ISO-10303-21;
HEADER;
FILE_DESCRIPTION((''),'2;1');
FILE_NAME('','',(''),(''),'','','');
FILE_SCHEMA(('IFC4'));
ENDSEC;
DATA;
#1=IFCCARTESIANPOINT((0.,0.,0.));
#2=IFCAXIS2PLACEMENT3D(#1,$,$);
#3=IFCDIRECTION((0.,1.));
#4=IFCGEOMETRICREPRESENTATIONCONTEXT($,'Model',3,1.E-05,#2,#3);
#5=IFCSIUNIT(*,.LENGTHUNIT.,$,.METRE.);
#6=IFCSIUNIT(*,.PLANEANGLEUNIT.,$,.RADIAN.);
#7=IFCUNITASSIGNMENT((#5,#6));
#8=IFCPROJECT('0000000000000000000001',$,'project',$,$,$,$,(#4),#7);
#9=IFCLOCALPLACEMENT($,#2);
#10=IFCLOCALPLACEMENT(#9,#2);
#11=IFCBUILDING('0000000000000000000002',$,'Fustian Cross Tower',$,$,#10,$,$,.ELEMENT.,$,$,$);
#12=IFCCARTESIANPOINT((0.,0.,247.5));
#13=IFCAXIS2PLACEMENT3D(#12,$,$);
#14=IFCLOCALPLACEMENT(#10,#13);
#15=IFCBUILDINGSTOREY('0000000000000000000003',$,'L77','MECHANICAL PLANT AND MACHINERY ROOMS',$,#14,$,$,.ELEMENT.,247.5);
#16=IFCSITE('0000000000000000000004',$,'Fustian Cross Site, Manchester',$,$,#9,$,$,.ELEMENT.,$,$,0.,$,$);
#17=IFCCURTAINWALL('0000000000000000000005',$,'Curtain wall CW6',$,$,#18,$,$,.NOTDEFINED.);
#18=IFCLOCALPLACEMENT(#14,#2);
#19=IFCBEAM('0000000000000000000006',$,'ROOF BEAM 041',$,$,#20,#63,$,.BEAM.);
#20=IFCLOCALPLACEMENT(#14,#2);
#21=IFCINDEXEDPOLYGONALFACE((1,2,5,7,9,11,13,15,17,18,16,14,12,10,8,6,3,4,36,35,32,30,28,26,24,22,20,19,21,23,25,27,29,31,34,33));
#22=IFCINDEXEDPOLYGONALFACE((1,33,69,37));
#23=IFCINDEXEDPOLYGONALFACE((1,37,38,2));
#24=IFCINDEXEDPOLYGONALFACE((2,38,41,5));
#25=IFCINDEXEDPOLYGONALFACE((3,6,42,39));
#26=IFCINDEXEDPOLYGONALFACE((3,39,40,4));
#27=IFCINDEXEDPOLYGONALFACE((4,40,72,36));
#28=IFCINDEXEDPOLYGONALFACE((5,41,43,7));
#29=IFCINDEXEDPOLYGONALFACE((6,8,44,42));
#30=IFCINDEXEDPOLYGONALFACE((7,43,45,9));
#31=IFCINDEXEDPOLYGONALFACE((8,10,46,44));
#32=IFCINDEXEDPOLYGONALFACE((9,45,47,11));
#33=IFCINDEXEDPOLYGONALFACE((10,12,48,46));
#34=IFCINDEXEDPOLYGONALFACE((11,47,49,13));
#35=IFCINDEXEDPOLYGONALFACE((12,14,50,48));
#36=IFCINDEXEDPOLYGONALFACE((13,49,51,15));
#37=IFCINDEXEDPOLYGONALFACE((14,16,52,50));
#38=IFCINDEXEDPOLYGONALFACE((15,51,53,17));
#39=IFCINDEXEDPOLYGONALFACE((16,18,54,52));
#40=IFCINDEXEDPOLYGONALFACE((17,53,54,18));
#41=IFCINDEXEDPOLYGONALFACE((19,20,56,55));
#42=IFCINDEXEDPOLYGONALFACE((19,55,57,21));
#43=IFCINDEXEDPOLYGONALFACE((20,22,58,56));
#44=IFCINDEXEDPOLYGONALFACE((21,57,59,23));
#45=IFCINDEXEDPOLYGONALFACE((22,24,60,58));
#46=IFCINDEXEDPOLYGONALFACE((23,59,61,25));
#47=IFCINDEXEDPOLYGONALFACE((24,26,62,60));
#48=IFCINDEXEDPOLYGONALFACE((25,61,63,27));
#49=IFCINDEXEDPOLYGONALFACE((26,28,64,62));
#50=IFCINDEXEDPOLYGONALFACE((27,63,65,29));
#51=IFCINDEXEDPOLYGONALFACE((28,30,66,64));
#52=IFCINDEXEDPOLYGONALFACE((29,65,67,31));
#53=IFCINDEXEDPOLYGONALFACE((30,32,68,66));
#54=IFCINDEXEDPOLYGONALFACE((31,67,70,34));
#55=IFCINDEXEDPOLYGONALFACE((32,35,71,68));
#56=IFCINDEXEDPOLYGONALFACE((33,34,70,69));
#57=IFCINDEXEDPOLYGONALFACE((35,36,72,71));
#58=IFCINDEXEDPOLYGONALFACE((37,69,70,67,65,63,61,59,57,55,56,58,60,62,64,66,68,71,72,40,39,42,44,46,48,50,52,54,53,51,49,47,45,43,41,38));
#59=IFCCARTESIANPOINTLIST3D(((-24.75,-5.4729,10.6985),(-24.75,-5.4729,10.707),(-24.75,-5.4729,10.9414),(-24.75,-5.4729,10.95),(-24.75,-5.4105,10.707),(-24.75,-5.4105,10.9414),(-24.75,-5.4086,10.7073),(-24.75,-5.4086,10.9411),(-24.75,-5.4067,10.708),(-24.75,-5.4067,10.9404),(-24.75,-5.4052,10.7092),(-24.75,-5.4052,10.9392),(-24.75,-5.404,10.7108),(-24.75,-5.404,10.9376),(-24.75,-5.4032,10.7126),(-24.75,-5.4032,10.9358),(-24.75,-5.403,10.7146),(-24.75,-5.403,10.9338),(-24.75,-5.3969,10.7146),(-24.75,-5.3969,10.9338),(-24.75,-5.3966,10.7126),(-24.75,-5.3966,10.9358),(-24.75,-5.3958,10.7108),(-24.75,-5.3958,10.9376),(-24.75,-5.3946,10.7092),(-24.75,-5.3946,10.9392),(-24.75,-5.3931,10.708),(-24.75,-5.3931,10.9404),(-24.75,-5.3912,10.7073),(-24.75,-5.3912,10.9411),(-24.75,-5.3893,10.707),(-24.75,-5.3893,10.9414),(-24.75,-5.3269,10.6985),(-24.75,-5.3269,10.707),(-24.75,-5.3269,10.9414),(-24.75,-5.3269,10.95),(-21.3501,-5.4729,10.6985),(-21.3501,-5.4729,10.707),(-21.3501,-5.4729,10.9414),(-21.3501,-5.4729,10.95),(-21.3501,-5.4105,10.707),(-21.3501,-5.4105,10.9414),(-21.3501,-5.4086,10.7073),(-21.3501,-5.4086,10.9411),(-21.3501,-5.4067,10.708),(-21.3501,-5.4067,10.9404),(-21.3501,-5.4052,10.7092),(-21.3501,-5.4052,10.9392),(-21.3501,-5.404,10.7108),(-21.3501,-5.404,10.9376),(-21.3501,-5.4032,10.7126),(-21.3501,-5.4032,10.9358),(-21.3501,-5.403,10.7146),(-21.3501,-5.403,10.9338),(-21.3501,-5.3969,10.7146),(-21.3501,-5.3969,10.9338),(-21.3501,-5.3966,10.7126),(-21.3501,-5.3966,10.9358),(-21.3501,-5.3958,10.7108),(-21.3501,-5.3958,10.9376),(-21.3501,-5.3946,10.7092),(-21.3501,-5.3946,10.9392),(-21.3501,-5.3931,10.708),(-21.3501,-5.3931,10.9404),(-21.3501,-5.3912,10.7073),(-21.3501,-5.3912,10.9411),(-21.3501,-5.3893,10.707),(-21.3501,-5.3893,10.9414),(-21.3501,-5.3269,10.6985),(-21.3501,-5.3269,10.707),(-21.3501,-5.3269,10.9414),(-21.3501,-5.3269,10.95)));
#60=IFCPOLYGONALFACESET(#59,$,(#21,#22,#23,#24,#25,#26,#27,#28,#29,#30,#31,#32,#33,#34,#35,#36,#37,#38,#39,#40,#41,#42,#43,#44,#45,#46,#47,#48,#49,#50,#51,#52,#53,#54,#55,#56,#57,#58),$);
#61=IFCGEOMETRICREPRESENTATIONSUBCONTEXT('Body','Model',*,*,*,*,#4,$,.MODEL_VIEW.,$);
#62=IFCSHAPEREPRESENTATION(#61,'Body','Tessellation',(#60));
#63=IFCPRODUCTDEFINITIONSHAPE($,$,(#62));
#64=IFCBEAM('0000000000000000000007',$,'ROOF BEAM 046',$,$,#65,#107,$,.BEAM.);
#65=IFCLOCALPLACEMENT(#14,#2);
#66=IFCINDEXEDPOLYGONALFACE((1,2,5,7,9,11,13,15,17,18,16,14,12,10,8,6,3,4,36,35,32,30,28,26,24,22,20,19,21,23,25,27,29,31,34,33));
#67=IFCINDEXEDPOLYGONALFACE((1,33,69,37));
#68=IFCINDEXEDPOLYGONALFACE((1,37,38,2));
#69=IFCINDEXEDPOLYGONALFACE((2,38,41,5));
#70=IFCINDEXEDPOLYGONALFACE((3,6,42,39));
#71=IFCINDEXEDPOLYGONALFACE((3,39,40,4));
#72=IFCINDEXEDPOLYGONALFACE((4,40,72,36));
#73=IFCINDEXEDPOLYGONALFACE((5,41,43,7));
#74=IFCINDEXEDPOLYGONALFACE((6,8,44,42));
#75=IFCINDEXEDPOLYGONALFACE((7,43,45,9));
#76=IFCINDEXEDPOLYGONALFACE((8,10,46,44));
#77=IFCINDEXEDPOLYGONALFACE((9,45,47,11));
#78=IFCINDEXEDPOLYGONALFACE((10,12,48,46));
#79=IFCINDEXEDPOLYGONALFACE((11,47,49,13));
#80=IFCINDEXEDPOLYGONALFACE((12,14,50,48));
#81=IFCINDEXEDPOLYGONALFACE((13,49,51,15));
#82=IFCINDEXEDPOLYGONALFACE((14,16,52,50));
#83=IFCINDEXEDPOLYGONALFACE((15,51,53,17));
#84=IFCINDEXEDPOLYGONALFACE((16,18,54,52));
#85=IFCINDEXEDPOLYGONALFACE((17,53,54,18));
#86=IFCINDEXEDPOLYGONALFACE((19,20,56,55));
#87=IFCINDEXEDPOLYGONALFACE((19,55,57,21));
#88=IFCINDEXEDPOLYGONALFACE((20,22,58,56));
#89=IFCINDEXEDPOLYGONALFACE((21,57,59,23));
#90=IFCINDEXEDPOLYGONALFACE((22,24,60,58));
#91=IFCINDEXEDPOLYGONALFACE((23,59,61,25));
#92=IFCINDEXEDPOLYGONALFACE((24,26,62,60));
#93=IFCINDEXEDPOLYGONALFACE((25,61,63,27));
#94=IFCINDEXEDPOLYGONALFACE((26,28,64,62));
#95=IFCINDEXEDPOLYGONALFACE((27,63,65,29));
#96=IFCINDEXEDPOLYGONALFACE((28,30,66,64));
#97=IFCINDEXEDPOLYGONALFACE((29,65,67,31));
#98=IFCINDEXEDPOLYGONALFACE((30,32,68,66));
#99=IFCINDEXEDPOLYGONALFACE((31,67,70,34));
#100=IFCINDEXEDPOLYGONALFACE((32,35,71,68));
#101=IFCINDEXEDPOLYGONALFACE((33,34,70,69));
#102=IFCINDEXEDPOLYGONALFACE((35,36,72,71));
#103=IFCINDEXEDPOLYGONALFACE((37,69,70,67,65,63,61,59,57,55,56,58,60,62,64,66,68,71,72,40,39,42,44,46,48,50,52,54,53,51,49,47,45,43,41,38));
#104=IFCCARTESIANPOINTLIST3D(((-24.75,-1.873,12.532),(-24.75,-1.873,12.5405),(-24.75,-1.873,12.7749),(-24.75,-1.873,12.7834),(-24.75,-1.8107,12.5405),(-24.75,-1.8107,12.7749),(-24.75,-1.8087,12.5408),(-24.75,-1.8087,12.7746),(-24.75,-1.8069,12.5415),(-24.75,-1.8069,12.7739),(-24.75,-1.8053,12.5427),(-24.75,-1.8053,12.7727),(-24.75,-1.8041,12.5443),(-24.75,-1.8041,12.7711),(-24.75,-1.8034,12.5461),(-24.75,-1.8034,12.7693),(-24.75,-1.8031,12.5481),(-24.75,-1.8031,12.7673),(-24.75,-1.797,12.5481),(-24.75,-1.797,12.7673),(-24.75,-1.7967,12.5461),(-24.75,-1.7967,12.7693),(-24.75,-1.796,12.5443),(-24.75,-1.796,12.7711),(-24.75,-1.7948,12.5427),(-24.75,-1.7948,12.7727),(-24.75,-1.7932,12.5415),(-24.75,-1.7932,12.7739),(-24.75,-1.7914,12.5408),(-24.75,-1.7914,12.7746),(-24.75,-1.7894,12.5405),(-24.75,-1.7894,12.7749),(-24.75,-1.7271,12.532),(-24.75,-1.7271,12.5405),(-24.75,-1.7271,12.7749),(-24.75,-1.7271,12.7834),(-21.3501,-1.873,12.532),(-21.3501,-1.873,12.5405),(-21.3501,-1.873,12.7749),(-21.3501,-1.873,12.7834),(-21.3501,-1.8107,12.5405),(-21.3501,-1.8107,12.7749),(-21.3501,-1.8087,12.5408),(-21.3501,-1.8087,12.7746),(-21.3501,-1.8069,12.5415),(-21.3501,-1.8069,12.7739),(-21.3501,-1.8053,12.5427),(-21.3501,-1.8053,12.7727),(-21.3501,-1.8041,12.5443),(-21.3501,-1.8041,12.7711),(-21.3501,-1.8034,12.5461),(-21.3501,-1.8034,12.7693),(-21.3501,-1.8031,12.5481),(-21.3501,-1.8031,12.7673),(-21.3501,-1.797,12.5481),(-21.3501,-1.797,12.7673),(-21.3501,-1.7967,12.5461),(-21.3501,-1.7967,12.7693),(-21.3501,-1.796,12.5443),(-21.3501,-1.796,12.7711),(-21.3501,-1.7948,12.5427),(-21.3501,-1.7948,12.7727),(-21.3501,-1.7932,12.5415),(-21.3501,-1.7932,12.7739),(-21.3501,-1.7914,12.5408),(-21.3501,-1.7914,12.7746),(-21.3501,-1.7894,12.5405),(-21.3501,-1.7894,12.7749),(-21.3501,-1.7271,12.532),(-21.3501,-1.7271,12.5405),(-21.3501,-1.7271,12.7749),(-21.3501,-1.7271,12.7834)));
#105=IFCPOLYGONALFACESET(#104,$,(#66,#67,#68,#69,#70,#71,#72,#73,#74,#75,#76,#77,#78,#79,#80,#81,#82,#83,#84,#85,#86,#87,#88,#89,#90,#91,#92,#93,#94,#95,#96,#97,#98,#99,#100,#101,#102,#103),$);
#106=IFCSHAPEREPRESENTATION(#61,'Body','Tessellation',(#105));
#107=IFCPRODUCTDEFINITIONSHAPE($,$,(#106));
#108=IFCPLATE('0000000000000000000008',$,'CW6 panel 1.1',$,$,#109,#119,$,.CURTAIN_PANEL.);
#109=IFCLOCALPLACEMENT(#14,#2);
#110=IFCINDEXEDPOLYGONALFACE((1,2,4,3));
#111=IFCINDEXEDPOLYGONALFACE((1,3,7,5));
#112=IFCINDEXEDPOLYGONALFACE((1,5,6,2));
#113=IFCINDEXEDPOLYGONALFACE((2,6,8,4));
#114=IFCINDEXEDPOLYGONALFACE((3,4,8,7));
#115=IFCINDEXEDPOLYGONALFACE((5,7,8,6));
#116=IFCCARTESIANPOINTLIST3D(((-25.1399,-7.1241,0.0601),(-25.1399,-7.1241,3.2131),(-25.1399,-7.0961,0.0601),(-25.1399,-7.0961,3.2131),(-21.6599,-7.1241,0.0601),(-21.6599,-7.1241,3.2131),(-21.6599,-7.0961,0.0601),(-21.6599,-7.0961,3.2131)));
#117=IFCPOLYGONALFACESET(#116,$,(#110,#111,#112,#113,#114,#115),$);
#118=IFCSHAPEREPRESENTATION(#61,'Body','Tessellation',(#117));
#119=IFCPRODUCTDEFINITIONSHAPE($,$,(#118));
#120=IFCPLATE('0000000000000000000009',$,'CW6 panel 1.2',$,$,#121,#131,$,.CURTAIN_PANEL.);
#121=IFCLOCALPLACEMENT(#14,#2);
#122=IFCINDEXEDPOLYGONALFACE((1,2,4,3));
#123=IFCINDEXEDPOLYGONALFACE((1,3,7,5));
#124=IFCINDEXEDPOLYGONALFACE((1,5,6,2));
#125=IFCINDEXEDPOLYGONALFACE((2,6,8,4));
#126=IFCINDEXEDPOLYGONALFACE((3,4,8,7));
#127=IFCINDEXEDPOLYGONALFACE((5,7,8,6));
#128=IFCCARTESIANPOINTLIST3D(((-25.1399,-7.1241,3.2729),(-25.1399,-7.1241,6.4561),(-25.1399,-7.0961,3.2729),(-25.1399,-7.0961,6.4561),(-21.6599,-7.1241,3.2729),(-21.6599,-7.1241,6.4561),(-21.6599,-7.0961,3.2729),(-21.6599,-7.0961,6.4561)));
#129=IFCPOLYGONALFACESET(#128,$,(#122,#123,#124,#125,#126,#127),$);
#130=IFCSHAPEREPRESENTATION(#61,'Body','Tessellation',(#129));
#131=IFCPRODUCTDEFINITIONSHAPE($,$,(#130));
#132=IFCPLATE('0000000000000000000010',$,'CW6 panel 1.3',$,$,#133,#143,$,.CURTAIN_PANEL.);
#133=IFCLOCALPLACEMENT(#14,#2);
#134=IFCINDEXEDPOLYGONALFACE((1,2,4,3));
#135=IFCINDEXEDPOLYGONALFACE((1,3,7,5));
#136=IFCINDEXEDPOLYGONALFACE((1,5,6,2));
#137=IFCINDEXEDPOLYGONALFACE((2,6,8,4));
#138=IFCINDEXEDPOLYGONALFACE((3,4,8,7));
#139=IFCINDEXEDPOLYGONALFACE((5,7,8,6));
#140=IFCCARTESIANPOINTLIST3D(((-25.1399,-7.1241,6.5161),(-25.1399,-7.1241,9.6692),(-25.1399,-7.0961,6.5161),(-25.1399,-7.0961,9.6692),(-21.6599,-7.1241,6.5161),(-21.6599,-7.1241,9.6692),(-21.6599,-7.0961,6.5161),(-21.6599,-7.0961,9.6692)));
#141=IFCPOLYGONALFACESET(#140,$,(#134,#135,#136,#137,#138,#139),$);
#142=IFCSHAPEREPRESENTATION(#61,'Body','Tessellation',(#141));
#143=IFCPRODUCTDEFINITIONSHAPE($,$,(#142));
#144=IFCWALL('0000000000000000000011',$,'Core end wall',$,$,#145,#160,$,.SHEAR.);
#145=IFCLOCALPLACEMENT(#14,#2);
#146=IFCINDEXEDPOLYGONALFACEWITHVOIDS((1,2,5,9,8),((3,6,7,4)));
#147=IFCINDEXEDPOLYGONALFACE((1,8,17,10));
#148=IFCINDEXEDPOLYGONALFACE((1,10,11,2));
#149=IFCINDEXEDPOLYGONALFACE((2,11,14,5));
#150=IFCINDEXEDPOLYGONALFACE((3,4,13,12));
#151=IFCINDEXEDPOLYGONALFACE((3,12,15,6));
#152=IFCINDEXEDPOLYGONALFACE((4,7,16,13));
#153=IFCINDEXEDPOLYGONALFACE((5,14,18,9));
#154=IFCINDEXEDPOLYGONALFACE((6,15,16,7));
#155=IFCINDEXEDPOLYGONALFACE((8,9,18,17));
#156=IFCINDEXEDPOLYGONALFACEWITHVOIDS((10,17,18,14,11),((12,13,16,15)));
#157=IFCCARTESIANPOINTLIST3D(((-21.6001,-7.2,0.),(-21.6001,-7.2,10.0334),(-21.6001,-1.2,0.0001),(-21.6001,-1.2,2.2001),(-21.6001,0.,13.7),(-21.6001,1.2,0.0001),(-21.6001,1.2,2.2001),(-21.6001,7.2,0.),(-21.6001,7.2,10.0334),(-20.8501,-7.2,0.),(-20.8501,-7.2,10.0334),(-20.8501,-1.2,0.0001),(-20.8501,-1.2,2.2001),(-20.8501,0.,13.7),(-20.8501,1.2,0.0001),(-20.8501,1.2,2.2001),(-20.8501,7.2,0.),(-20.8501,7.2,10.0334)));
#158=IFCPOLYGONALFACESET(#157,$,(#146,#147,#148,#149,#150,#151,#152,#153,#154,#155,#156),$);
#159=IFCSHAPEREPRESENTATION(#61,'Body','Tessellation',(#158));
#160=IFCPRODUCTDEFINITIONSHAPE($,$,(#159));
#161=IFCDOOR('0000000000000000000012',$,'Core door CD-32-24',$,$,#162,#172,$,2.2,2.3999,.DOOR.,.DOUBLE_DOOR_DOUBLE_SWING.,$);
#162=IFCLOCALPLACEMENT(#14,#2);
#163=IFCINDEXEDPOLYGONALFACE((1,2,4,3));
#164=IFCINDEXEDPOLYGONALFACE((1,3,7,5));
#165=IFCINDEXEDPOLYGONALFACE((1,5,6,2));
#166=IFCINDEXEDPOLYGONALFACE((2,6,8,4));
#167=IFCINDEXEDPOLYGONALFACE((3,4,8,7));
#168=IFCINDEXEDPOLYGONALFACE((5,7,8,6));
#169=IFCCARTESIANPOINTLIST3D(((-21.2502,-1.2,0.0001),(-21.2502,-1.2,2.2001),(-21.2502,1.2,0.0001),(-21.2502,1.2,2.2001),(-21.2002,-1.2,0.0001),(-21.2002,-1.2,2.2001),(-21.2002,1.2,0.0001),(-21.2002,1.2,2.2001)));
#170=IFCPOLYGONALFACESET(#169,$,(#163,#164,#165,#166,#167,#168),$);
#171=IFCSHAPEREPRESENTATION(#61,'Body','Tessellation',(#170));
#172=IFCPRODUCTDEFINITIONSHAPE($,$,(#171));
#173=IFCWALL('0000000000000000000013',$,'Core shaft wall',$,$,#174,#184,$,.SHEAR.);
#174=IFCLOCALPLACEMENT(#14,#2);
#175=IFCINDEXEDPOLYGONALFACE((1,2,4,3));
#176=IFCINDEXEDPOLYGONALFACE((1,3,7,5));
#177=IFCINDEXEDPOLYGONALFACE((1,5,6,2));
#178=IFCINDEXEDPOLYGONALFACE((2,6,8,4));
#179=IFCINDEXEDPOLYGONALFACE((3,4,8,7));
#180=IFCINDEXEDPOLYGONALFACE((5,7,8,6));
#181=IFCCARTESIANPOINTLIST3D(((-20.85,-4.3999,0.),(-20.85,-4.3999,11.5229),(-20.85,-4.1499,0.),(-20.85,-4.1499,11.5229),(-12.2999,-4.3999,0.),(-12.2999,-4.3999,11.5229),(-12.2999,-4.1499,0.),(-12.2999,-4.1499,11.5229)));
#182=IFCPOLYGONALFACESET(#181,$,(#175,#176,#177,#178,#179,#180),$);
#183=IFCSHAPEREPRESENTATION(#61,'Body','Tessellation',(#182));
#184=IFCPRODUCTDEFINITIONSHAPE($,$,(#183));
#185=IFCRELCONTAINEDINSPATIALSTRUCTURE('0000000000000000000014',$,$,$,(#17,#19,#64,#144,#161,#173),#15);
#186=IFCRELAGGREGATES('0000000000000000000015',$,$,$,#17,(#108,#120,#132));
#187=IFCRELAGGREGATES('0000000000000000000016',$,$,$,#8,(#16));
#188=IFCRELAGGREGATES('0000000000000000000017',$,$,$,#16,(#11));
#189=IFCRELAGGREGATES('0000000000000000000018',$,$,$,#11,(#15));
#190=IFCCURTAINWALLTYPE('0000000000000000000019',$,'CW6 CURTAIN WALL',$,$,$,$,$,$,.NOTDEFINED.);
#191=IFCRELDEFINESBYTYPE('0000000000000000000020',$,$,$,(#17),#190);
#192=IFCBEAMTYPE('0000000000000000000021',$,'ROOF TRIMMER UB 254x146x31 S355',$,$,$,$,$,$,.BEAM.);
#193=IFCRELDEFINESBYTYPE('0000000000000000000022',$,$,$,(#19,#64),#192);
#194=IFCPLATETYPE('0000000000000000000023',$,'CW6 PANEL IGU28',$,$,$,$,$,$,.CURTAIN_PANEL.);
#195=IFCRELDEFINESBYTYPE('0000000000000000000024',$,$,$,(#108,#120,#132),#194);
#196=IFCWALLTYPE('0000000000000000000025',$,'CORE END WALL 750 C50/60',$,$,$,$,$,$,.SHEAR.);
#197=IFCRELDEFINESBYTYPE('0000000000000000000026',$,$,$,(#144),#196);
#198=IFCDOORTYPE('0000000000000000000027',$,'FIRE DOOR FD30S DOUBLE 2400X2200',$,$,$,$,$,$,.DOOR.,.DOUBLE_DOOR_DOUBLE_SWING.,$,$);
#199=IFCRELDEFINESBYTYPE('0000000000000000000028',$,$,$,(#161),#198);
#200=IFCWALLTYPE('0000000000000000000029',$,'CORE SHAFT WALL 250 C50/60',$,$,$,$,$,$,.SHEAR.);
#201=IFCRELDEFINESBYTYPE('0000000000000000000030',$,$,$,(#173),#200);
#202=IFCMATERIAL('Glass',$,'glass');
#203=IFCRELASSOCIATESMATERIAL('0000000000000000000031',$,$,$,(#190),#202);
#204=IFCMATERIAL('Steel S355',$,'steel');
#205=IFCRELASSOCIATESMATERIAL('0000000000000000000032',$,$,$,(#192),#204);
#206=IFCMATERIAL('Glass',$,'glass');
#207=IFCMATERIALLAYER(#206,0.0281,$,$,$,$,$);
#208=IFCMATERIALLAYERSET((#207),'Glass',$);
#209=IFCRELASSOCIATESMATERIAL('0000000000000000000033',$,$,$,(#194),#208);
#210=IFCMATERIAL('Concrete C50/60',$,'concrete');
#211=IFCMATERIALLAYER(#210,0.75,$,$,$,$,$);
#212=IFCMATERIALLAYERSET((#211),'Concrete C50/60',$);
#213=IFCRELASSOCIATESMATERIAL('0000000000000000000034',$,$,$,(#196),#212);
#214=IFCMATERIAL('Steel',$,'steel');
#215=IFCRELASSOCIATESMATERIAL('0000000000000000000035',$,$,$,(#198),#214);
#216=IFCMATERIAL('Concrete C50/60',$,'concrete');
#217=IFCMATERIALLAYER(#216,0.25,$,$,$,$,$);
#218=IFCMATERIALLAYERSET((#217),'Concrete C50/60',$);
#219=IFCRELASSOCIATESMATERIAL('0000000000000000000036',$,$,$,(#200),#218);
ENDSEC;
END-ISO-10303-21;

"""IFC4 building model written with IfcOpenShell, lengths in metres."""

from ifc_helpers import new_model, si_unit, direction, frame, frame_2d, origin, origin_2d, place, context, subcontext, project, spatial, polyline, rectangle, i_section, outline, extrude, material, layer, layer_set, material_profile, profile_set, type_object, element, fill, aggregate, save


model = new_model("IFC4")

# Units and contexts
model_context = context("Model", 3, precision=1e-05, world=origin(), true_north=direction((0.0, 1.0)))
body_context = subcontext(model_context, "Body", "Model", "MODEL_VIEW")
ifc_project = project(units=[si_unit("LENGTHUNIT", "METRE"), si_unit("PLANEANGLEUNIT", "RADIAN")], contexts=[model_context])

# Site, building, storey
site_placement = place(None, origin())
site = spatial("IfcSite", under=ifc_project, at=site_placement, Name="Fustian Cross Site, Manchester", CompositionType="ELEMENT", RefElevation=0.0)
building_placement = place(site_placement, origin())
building = spatial("IfcBuilding", under=site, at=building_placement, Name="Fustian Cross Tower", CompositionType="ELEMENT")
storey_placement = place(building_placement, frame((0.0, 0.0, 247.5)))
storey = spatial("IfcBuildingStorey", under=building, at=storey_placement, Name="L77", Description="MECHANICAL PLANT AND MACHINERY ROOMS", CompositionType="ELEMENT", Elevation=247.5)

# Curtain wall
ifc_material_1 = material(Name="Glass", Category="glass")
curtain_wall_type = type_object("IfcCurtainWallType", Name="CW6 CURTAIN WALL", PredefinedType="NOTDEFINED", material=ifc_material_1)
curtain_wall_placement = place(storey_placement, origin())
curtain_wall = element("IfcCurtainWall", 1, at=curtain_wall_placement, inside=storey, type_object=curtain_wall_type, Name="Curtain wall CW6", PredefinedType="NOTDEFINED")

# Beams
ifc_material_2 = material(Name="Steel S355", Category="steel")
ifc_material_profile_1 = material_profile(ifc_material_2, i_section(OverallWidth=0.146, OverallDepth=0.2515, WebThickness=0.0061, FlangeThickness=0.0085, FilletRadius=0.0076, at=origin_2d()), Name="UB 254x146x31")
ifc_profile_set_1 = profile_set([ifc_material_profile_1], Name="Steel S355")
beam_type_1 = type_object("IfcBeamType", Name="ROOF TRIMMER UB 254x146x31 S355", PredefinedType="BEAM", material=ifc_profile_set_1)
for number, where, z_axis, x_axis, name in (
    (2, (-21.3501, -5.3999, 10.8242), (-1.0, 0.0, 0.0), (0.0, -1.0, 0.0), "ROOF BEAM 041"),
    (3, (-21.3501, -1.8, 12.6577), (-1.0, 0.0, 0.0), (0.0, -1.0, 0.0), "ROOF BEAM 046"),
):
    element("IfcBeam", number, at=place(storey_placement, frame(where, z_axis=z_axis, x_axis=x_axis)), inside=storey, type_object=beam_type_1, Name=name, PredefinedType="BEAM", context=body_context, shape_type="SweptSolid", body=[
        extrude(i_section(OverallWidth=0.146, OverallDepth=0.2515, WebThickness=0.0061, FlangeThickness=0.0085, FilletRadius=0.0076, at=origin_2d()), origin(), (0.0, 0.0, 1.0), 3.3999),
    ])

# Plates
ifc_material_3 = material(Name="Glass", Category="glass")
ifc_layer_1 = layer(ifc_material_3, 0.0281)
ifc_layer_set_1 = layer_set([ifc_layer_1], Name="Glass")
plate_type = type_object("IfcPlateType", Name="CW6 PANEL IGU28", PredefinedType="CURTAIN_PANEL", material=ifc_layer_set_1)
plate_1_placement = place(storey_placement, frame((-23.3999, -7.1101, 0.0601), z_axis=(0.0, 0.0, 1.0), x_axis=(1.0, 0.0, 0.0)))
plate_1 = element("IfcPlate", 4, at=plate_1_placement, type_object=plate_type, Name="CW6 panel 1.1", PredefinedType="CURTAIN_PANEL", context=body_context, shape_type="SweptSolid", body=[
    extrude(rectangle(XDim=3.48, YDim=0.0281, at=origin_2d()), origin(), (0.0, 0.0, 1.0), 3.1531),
])
plate_2_placement = place(storey_placement, frame((-23.3999, -7.1101, 3.2729), z_axis=(0.0, 0.0, 1.0), x_axis=(1.0, 0.0, 0.0)))
plate_2 = element("IfcPlate", 5, at=plate_2_placement, type_object=plate_type, Name="CW6 panel 1.2", PredefinedType="CURTAIN_PANEL", context=body_context, shape_type="SweptSolid", body=[
    extrude(rectangle(XDim=3.48, YDim=0.0281, at=origin_2d()), origin(), (0.0, 0.0, 1.0), 3.1831),
])
plate_3_placement = place(storey_placement, frame((-23.3999, -7.1101, 6.5161), z_axis=(0.0, 0.0, 1.0), x_axis=(1.0, 0.0, 0.0)))
plate_3 = element("IfcPlate", 6, at=plate_3_placement, type_object=plate_type, Name="CW6 panel 1.3", PredefinedType="CURTAIN_PANEL", context=body_context, shape_type="SweptSolid", body=[
    extrude(rectangle(XDim=3.48, YDim=0.0281, at=origin_2d()), origin(), (0.0, 0.0, 1.0), 3.1531),
])
aggregate(curtain_wall, [plate_1, plate_2, plate_3])

# Wall, opening, door
ifc_material_4 = material(Name="Concrete C50/60", Category="concrete")
ifc_layer_2 = layer(ifc_material_4, 0.75)
ifc_layer_set_2 = layer_set([ifc_layer_2], Name="Concrete C50/60")
wall_type_1 = type_object("IfcWallType", Name="CORE END WALL 750 C50/60", PredefinedType="SHEAR", material=ifc_layer_set_2)
wall_1_placement = place(storey_placement, frame((-21.2251, -7.2, 0.0), z_axis=(0.0, 0.0, 1.0), x_axis=(0.0, 1.0, 0.0)))
wall_1 = element("IfcWall", 7, at=wall_1_placement, inside=storey, type_object=wall_type_1, Name="Core end wall", PredefinedType="SHEAR", context=body_context, shape_type="SweptSolid", body=[
    extrude(outline(polyline([(0.0, 0.0), (14.3999, 0.0), (14.3999, 10.0334), (7.2, 13.7), (0.0, 10.0334), (0.0, 0.0)])), frame((0.0, 0.375, 0.0), z_axis=(0.0, -1.0, 0.0), x_axis=(1.0, 0.0, 0.0)), (0.0, 0.0, 1.0), 0.75),
])
opening_placement = place(wall_1_placement, frame((6.0, 0.0, 0.0)))
opening = element("IfcOpeningElement", 8, at=opening_placement, cuts=wall_1, PredefinedType="OPENING", context=body_context, shape_type="SweptSolid", body=[
    extrude(rectangle(XDim=2.3999, YDim=2.2, at=frame_2d((1.2, 1.1001))), frame((0.0, 0.385, 0.0), z_axis=(0.0, -1.0, 0.0), x_axis=(1.0, 0.0, 0.0)), (0.0, 0.0, 1.0), 0.77),
])
ifc_material_5 = material(Name="Steel", Category="steel")
door_type = type_object("IfcDoorType", Name="FIRE DOOR FD30S DOUBLE 2400X2200", OperationType="DOUBLE_DOOR_DOUBLE_SWING", PredefinedType="DOOR", material=ifc_material_5)
door_placement = place(opening_placement, frame((2.3999, 0.0, 0.0), z_axis=(0.0, 0.0, 1.0), x_axis=(-1.0, 0.0, 0.0)))
door = element("IfcDoor", 9, at=door_placement, inside=storey, type_object=door_type, Name="Core door CD-32-24", OperationType="DOUBLE_DOOR_DOUBLE_SWING", OverallHeight=2.2, OverallWidth=2.3999, PredefinedType="DOOR", context=body_context, shape_type="SweptSolid", body=[
    extrude(rectangle(XDim=2.3999, YDim=2.2, at=frame_2d((1.2, 1.1001))), frame((0.0, 0.0249, 0.0), z_axis=(0.0, -1.0, 0.0), x_axis=(1.0, 0.0, 0.0)), (0.0, 0.0, 1.0), 0.05),
])
fill(opening, door)

# Wall
ifc_material_6 = material(Name="Concrete C50/60", Category="concrete")
ifc_layer_3 = layer(ifc_material_6, 0.25)
ifc_layer_set_3 = layer_set([ifc_layer_3], Name="Concrete C50/60")
wall_type_2 = type_object("IfcWallType", Name="CORE SHAFT WALL 250 C50/60", PredefinedType="SHEAR", material=ifc_layer_set_3)
wall_2_placement = place(storey_placement, frame((-12.3, -4.2749, 0.0), z_axis=(0.0, 0.0, 1.0), x_axis=(-1.0, 0.0, 0.0)))
element("IfcWall", 10, at=wall_2_placement, inside=storey, type_object=wall_type_2, Name="Core shaft wall", PredefinedType="SHEAR", context=body_context, shape_type="SweptSolid", body=[
    extrude(rectangle(XDim=8.55, YDim=0.25, at=frame_2d((4.2749, 0.0))), origin(), (0.0, 0.0, 1.0), 11.5229),
])

save(model, "model.ifc")
